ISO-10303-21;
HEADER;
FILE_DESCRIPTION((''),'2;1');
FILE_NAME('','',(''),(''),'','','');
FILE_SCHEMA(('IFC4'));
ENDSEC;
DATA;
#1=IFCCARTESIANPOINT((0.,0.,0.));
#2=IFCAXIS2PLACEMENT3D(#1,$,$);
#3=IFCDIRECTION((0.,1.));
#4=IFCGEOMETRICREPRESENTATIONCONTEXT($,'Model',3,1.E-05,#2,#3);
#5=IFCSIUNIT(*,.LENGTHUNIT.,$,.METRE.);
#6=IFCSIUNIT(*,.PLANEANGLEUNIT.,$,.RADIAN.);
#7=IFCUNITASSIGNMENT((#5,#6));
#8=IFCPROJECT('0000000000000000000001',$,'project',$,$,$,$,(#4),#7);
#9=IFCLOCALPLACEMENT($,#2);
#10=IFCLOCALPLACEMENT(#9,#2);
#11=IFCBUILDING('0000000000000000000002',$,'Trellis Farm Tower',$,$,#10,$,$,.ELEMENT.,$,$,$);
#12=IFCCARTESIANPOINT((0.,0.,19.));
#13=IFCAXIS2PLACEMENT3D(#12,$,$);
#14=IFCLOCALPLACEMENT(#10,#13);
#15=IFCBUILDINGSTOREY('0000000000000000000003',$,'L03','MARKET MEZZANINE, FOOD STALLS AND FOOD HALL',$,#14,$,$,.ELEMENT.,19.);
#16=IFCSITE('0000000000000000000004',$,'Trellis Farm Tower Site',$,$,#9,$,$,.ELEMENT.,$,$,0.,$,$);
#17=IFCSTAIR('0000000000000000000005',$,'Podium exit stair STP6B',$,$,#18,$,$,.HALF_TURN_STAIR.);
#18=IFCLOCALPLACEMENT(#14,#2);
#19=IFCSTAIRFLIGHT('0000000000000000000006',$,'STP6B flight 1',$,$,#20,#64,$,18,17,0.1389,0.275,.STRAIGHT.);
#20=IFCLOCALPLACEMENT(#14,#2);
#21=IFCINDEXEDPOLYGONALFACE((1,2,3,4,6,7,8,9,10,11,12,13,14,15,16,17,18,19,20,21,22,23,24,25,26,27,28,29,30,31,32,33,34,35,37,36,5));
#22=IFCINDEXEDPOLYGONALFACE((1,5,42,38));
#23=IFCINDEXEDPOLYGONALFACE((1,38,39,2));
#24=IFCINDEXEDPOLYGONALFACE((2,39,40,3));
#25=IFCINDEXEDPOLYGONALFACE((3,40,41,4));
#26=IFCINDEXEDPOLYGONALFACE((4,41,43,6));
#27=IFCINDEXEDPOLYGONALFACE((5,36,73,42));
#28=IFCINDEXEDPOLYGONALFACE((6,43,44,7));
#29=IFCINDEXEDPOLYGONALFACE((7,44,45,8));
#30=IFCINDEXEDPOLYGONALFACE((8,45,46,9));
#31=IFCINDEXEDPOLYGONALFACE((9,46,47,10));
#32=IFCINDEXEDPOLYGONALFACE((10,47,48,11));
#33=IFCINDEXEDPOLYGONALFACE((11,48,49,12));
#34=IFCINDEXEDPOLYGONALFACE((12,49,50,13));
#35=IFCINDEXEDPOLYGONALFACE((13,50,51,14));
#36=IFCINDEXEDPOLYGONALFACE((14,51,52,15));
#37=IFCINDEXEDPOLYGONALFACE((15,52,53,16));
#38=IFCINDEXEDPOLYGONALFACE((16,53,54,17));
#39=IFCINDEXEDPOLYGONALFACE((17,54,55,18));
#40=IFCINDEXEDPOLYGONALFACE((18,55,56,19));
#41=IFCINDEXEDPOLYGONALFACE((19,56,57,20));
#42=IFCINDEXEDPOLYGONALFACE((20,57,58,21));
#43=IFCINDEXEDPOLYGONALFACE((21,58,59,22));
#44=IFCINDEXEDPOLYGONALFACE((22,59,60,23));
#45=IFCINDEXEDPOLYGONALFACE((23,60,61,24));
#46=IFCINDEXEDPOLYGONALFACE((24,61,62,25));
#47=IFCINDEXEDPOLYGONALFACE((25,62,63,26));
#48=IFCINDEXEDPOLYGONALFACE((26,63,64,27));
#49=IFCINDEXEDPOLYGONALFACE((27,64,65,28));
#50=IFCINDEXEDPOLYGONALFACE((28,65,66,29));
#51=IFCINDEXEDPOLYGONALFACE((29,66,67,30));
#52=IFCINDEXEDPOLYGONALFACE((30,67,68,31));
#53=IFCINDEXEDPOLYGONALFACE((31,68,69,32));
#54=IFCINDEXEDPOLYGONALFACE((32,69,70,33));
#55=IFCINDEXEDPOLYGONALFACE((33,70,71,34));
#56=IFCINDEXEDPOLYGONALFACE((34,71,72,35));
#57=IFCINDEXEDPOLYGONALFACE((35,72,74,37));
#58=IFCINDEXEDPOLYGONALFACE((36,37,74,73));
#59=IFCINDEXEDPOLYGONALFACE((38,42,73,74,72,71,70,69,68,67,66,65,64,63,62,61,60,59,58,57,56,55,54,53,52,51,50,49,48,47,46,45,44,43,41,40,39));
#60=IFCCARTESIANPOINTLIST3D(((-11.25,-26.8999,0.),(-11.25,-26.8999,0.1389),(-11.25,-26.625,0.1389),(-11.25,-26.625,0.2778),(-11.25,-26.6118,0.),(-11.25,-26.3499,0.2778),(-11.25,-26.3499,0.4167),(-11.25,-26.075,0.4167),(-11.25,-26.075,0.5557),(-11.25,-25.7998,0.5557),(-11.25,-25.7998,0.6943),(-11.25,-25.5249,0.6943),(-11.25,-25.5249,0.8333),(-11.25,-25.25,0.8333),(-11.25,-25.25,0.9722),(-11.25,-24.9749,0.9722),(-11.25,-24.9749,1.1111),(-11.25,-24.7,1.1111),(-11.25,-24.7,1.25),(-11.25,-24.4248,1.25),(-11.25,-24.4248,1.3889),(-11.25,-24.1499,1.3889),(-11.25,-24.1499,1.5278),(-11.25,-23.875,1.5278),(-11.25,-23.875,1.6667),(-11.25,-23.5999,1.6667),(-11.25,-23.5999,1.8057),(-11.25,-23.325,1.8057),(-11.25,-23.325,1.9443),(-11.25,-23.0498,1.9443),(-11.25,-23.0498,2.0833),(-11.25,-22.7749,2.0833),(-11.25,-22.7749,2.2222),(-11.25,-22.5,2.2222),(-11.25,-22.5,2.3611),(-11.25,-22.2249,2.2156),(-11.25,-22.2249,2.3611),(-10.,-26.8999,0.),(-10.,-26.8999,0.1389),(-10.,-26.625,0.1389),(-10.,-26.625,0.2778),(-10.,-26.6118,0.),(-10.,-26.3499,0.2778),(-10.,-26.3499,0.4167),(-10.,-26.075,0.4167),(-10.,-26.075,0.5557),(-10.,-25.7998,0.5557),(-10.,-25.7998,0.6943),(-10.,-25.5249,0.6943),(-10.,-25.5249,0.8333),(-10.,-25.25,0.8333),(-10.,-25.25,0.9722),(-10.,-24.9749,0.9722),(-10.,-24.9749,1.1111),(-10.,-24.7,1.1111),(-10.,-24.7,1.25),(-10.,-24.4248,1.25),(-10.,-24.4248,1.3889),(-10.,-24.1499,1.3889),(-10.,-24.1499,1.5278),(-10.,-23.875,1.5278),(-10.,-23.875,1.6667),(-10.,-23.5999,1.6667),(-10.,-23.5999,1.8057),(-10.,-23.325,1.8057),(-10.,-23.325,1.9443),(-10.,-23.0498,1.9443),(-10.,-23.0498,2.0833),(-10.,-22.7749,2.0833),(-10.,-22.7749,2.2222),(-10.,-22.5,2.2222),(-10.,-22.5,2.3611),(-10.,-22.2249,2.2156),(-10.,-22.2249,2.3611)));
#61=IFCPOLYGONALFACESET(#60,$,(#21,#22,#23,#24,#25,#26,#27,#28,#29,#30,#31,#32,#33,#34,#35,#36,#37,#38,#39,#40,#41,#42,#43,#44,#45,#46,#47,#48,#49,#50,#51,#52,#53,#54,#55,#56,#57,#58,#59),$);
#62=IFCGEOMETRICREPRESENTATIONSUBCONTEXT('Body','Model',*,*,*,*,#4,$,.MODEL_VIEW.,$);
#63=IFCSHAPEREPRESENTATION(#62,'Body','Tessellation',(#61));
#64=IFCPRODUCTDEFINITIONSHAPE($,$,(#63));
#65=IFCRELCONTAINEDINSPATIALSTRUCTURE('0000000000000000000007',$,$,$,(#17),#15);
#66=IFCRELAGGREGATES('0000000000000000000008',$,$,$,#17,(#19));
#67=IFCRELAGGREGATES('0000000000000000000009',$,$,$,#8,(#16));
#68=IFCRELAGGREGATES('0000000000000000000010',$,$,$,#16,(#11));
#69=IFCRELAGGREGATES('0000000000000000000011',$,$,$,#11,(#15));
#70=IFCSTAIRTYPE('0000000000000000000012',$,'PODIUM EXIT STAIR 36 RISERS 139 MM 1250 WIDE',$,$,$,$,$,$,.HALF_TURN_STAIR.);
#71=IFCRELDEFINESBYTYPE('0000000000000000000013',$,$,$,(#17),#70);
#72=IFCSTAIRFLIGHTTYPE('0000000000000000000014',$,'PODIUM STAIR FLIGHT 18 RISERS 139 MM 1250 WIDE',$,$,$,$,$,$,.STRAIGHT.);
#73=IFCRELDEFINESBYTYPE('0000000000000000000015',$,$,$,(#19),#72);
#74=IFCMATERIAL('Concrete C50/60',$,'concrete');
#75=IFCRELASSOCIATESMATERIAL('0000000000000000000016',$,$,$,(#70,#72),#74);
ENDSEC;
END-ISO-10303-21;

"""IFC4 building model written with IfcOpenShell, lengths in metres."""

from ifc_helpers import new_model, si_unit, direction, frame, origin, place, context, subcontext, project, spatial, polyline, outline, extrude, source, transform, mapped, material, type_object, element, aggregate, save


model = new_model("IFC4")

# Units and contexts
model_context = context("Model", 3, precision=1e-05, world=origin(), true_north=direction((0.0, 1.0)))
body_context = subcontext(model_context, "Body", "Model", "MODEL_VIEW")
ifc_project = project(units=[si_unit("LENGTHUNIT", "METRE"), si_unit("PLANEANGLEUNIT", "RADIAN")], contexts=[model_context])

# Site, building, storey
site_placement = place(None, origin())
site = spatial("IfcSite", under=ifc_project, at=site_placement, Name="Trellis Farm Tower Site", CompositionType="ELEMENT", RefElevation=0.0)
building_placement = place(site_placement, origin())
building = spatial("IfcBuilding", under=site, at=building_placement, Name="Trellis Farm Tower", CompositionType="ELEMENT")
storey_placement = place(building_placement, frame((0.0, 0.0, 19.0)))
storey = spatial("IfcBuildingStorey", under=building, at=storey_placement, Name="L03", Description="MARKET MEZZANINE, FOOD STALLS AND FOOD HALL", CompositionType="ELEMENT", Elevation=19.0)

# Stair, stair flight
ifc_material_1 = material(Name="Concrete C50/60", Category="concrete")
stair_type = type_object("IfcStairType", Name="PODIUM EXIT STAIR 36 RISERS 139 MM 1250 WIDE", PredefinedType="HALF_TURN_STAIR", material=ifc_material_1)
stair_placement = place(storey_placement, origin())
stair = element("IfcStair", 1, at=stair_placement, inside=storey, type_object=stair_type, Name="Podium exit stair STP6B", PredefinedType="HALF_TURN_STAIR")
stair_flight_type = type_object("IfcStairFlightType", Name="PODIUM STAIR FLIGHT 18 RISERS 139 MM 1250 WIDE", PredefinedType="STRAIGHT", material=ifc_material_1)
shared_shape_1 = source(origin(), body_context, "Body", "SweptSolid", [
    extrude(outline(polyline([(0.0, 0.0), (0.0, 0.1389), (0.2749, 0.1389), (0.2749, 0.2778), (0.55, 0.2778), (0.55, 0.4167), (0.825, 0.4167), (0.825, 0.5557), (1.1001, 0.5557), (1.1001, 0.6943), (1.375, 0.6943), (1.375, 0.8333), (1.6499, 0.8333), (1.6499, 0.9722), (1.925, 0.9722), (1.925, 1.1111), (2.2, 1.1111), (2.2, 1.25), (2.4751, 1.25), (2.4751, 1.3889), (2.75, 1.3889), (2.75, 1.5278), (3.0249, 1.5278), (3.0249, 1.6667), (3.3, 1.6667), (3.3, 1.8057), (3.575, 1.8057), (3.575, 1.9443), (3.8501, 1.9443), (3.8501, 2.0833), (4.125, 2.0833), (4.125, 2.2222), (4.3999, 2.2222), (4.3999, 2.3611), (4.675, 2.3611), (4.675, 2.5), (4.675, 2.2156), (0.2881, 0.0), (0.0, 0.0)])), frame((0.0, 0.625, 0.0), z_axis=(0.0, -1.0, 0.0), x_axis=(1.0, 0.0, 0.0)), (0.0, 0.0, 1.0), 1.25),
])
stair_flight_placement = place(storey_placement, frame((-10.625, -26.8999, 0.0), z_axis=(0.0, 0.0, 1.0), x_axis=(0.0, 1.0, 0.0)))
stair_flight = element("IfcStairFlight", 2, at=stair_flight_placement, type_object=stair_flight_type, Name="STP6B flight 1", NumberOfRisers=18, NumberOfTreads=17, PredefinedType="STRAIGHT", RiserHeight=0.1389, TreadLength=0.275, context=body_context, shape_type="MappedRepresentation", body=[
    mapped(shared_shape_1, transform((0.0, 0.0, 0.0))),
])
aggregate(stair, [stair_flight])

save(model, "model.ifc")
